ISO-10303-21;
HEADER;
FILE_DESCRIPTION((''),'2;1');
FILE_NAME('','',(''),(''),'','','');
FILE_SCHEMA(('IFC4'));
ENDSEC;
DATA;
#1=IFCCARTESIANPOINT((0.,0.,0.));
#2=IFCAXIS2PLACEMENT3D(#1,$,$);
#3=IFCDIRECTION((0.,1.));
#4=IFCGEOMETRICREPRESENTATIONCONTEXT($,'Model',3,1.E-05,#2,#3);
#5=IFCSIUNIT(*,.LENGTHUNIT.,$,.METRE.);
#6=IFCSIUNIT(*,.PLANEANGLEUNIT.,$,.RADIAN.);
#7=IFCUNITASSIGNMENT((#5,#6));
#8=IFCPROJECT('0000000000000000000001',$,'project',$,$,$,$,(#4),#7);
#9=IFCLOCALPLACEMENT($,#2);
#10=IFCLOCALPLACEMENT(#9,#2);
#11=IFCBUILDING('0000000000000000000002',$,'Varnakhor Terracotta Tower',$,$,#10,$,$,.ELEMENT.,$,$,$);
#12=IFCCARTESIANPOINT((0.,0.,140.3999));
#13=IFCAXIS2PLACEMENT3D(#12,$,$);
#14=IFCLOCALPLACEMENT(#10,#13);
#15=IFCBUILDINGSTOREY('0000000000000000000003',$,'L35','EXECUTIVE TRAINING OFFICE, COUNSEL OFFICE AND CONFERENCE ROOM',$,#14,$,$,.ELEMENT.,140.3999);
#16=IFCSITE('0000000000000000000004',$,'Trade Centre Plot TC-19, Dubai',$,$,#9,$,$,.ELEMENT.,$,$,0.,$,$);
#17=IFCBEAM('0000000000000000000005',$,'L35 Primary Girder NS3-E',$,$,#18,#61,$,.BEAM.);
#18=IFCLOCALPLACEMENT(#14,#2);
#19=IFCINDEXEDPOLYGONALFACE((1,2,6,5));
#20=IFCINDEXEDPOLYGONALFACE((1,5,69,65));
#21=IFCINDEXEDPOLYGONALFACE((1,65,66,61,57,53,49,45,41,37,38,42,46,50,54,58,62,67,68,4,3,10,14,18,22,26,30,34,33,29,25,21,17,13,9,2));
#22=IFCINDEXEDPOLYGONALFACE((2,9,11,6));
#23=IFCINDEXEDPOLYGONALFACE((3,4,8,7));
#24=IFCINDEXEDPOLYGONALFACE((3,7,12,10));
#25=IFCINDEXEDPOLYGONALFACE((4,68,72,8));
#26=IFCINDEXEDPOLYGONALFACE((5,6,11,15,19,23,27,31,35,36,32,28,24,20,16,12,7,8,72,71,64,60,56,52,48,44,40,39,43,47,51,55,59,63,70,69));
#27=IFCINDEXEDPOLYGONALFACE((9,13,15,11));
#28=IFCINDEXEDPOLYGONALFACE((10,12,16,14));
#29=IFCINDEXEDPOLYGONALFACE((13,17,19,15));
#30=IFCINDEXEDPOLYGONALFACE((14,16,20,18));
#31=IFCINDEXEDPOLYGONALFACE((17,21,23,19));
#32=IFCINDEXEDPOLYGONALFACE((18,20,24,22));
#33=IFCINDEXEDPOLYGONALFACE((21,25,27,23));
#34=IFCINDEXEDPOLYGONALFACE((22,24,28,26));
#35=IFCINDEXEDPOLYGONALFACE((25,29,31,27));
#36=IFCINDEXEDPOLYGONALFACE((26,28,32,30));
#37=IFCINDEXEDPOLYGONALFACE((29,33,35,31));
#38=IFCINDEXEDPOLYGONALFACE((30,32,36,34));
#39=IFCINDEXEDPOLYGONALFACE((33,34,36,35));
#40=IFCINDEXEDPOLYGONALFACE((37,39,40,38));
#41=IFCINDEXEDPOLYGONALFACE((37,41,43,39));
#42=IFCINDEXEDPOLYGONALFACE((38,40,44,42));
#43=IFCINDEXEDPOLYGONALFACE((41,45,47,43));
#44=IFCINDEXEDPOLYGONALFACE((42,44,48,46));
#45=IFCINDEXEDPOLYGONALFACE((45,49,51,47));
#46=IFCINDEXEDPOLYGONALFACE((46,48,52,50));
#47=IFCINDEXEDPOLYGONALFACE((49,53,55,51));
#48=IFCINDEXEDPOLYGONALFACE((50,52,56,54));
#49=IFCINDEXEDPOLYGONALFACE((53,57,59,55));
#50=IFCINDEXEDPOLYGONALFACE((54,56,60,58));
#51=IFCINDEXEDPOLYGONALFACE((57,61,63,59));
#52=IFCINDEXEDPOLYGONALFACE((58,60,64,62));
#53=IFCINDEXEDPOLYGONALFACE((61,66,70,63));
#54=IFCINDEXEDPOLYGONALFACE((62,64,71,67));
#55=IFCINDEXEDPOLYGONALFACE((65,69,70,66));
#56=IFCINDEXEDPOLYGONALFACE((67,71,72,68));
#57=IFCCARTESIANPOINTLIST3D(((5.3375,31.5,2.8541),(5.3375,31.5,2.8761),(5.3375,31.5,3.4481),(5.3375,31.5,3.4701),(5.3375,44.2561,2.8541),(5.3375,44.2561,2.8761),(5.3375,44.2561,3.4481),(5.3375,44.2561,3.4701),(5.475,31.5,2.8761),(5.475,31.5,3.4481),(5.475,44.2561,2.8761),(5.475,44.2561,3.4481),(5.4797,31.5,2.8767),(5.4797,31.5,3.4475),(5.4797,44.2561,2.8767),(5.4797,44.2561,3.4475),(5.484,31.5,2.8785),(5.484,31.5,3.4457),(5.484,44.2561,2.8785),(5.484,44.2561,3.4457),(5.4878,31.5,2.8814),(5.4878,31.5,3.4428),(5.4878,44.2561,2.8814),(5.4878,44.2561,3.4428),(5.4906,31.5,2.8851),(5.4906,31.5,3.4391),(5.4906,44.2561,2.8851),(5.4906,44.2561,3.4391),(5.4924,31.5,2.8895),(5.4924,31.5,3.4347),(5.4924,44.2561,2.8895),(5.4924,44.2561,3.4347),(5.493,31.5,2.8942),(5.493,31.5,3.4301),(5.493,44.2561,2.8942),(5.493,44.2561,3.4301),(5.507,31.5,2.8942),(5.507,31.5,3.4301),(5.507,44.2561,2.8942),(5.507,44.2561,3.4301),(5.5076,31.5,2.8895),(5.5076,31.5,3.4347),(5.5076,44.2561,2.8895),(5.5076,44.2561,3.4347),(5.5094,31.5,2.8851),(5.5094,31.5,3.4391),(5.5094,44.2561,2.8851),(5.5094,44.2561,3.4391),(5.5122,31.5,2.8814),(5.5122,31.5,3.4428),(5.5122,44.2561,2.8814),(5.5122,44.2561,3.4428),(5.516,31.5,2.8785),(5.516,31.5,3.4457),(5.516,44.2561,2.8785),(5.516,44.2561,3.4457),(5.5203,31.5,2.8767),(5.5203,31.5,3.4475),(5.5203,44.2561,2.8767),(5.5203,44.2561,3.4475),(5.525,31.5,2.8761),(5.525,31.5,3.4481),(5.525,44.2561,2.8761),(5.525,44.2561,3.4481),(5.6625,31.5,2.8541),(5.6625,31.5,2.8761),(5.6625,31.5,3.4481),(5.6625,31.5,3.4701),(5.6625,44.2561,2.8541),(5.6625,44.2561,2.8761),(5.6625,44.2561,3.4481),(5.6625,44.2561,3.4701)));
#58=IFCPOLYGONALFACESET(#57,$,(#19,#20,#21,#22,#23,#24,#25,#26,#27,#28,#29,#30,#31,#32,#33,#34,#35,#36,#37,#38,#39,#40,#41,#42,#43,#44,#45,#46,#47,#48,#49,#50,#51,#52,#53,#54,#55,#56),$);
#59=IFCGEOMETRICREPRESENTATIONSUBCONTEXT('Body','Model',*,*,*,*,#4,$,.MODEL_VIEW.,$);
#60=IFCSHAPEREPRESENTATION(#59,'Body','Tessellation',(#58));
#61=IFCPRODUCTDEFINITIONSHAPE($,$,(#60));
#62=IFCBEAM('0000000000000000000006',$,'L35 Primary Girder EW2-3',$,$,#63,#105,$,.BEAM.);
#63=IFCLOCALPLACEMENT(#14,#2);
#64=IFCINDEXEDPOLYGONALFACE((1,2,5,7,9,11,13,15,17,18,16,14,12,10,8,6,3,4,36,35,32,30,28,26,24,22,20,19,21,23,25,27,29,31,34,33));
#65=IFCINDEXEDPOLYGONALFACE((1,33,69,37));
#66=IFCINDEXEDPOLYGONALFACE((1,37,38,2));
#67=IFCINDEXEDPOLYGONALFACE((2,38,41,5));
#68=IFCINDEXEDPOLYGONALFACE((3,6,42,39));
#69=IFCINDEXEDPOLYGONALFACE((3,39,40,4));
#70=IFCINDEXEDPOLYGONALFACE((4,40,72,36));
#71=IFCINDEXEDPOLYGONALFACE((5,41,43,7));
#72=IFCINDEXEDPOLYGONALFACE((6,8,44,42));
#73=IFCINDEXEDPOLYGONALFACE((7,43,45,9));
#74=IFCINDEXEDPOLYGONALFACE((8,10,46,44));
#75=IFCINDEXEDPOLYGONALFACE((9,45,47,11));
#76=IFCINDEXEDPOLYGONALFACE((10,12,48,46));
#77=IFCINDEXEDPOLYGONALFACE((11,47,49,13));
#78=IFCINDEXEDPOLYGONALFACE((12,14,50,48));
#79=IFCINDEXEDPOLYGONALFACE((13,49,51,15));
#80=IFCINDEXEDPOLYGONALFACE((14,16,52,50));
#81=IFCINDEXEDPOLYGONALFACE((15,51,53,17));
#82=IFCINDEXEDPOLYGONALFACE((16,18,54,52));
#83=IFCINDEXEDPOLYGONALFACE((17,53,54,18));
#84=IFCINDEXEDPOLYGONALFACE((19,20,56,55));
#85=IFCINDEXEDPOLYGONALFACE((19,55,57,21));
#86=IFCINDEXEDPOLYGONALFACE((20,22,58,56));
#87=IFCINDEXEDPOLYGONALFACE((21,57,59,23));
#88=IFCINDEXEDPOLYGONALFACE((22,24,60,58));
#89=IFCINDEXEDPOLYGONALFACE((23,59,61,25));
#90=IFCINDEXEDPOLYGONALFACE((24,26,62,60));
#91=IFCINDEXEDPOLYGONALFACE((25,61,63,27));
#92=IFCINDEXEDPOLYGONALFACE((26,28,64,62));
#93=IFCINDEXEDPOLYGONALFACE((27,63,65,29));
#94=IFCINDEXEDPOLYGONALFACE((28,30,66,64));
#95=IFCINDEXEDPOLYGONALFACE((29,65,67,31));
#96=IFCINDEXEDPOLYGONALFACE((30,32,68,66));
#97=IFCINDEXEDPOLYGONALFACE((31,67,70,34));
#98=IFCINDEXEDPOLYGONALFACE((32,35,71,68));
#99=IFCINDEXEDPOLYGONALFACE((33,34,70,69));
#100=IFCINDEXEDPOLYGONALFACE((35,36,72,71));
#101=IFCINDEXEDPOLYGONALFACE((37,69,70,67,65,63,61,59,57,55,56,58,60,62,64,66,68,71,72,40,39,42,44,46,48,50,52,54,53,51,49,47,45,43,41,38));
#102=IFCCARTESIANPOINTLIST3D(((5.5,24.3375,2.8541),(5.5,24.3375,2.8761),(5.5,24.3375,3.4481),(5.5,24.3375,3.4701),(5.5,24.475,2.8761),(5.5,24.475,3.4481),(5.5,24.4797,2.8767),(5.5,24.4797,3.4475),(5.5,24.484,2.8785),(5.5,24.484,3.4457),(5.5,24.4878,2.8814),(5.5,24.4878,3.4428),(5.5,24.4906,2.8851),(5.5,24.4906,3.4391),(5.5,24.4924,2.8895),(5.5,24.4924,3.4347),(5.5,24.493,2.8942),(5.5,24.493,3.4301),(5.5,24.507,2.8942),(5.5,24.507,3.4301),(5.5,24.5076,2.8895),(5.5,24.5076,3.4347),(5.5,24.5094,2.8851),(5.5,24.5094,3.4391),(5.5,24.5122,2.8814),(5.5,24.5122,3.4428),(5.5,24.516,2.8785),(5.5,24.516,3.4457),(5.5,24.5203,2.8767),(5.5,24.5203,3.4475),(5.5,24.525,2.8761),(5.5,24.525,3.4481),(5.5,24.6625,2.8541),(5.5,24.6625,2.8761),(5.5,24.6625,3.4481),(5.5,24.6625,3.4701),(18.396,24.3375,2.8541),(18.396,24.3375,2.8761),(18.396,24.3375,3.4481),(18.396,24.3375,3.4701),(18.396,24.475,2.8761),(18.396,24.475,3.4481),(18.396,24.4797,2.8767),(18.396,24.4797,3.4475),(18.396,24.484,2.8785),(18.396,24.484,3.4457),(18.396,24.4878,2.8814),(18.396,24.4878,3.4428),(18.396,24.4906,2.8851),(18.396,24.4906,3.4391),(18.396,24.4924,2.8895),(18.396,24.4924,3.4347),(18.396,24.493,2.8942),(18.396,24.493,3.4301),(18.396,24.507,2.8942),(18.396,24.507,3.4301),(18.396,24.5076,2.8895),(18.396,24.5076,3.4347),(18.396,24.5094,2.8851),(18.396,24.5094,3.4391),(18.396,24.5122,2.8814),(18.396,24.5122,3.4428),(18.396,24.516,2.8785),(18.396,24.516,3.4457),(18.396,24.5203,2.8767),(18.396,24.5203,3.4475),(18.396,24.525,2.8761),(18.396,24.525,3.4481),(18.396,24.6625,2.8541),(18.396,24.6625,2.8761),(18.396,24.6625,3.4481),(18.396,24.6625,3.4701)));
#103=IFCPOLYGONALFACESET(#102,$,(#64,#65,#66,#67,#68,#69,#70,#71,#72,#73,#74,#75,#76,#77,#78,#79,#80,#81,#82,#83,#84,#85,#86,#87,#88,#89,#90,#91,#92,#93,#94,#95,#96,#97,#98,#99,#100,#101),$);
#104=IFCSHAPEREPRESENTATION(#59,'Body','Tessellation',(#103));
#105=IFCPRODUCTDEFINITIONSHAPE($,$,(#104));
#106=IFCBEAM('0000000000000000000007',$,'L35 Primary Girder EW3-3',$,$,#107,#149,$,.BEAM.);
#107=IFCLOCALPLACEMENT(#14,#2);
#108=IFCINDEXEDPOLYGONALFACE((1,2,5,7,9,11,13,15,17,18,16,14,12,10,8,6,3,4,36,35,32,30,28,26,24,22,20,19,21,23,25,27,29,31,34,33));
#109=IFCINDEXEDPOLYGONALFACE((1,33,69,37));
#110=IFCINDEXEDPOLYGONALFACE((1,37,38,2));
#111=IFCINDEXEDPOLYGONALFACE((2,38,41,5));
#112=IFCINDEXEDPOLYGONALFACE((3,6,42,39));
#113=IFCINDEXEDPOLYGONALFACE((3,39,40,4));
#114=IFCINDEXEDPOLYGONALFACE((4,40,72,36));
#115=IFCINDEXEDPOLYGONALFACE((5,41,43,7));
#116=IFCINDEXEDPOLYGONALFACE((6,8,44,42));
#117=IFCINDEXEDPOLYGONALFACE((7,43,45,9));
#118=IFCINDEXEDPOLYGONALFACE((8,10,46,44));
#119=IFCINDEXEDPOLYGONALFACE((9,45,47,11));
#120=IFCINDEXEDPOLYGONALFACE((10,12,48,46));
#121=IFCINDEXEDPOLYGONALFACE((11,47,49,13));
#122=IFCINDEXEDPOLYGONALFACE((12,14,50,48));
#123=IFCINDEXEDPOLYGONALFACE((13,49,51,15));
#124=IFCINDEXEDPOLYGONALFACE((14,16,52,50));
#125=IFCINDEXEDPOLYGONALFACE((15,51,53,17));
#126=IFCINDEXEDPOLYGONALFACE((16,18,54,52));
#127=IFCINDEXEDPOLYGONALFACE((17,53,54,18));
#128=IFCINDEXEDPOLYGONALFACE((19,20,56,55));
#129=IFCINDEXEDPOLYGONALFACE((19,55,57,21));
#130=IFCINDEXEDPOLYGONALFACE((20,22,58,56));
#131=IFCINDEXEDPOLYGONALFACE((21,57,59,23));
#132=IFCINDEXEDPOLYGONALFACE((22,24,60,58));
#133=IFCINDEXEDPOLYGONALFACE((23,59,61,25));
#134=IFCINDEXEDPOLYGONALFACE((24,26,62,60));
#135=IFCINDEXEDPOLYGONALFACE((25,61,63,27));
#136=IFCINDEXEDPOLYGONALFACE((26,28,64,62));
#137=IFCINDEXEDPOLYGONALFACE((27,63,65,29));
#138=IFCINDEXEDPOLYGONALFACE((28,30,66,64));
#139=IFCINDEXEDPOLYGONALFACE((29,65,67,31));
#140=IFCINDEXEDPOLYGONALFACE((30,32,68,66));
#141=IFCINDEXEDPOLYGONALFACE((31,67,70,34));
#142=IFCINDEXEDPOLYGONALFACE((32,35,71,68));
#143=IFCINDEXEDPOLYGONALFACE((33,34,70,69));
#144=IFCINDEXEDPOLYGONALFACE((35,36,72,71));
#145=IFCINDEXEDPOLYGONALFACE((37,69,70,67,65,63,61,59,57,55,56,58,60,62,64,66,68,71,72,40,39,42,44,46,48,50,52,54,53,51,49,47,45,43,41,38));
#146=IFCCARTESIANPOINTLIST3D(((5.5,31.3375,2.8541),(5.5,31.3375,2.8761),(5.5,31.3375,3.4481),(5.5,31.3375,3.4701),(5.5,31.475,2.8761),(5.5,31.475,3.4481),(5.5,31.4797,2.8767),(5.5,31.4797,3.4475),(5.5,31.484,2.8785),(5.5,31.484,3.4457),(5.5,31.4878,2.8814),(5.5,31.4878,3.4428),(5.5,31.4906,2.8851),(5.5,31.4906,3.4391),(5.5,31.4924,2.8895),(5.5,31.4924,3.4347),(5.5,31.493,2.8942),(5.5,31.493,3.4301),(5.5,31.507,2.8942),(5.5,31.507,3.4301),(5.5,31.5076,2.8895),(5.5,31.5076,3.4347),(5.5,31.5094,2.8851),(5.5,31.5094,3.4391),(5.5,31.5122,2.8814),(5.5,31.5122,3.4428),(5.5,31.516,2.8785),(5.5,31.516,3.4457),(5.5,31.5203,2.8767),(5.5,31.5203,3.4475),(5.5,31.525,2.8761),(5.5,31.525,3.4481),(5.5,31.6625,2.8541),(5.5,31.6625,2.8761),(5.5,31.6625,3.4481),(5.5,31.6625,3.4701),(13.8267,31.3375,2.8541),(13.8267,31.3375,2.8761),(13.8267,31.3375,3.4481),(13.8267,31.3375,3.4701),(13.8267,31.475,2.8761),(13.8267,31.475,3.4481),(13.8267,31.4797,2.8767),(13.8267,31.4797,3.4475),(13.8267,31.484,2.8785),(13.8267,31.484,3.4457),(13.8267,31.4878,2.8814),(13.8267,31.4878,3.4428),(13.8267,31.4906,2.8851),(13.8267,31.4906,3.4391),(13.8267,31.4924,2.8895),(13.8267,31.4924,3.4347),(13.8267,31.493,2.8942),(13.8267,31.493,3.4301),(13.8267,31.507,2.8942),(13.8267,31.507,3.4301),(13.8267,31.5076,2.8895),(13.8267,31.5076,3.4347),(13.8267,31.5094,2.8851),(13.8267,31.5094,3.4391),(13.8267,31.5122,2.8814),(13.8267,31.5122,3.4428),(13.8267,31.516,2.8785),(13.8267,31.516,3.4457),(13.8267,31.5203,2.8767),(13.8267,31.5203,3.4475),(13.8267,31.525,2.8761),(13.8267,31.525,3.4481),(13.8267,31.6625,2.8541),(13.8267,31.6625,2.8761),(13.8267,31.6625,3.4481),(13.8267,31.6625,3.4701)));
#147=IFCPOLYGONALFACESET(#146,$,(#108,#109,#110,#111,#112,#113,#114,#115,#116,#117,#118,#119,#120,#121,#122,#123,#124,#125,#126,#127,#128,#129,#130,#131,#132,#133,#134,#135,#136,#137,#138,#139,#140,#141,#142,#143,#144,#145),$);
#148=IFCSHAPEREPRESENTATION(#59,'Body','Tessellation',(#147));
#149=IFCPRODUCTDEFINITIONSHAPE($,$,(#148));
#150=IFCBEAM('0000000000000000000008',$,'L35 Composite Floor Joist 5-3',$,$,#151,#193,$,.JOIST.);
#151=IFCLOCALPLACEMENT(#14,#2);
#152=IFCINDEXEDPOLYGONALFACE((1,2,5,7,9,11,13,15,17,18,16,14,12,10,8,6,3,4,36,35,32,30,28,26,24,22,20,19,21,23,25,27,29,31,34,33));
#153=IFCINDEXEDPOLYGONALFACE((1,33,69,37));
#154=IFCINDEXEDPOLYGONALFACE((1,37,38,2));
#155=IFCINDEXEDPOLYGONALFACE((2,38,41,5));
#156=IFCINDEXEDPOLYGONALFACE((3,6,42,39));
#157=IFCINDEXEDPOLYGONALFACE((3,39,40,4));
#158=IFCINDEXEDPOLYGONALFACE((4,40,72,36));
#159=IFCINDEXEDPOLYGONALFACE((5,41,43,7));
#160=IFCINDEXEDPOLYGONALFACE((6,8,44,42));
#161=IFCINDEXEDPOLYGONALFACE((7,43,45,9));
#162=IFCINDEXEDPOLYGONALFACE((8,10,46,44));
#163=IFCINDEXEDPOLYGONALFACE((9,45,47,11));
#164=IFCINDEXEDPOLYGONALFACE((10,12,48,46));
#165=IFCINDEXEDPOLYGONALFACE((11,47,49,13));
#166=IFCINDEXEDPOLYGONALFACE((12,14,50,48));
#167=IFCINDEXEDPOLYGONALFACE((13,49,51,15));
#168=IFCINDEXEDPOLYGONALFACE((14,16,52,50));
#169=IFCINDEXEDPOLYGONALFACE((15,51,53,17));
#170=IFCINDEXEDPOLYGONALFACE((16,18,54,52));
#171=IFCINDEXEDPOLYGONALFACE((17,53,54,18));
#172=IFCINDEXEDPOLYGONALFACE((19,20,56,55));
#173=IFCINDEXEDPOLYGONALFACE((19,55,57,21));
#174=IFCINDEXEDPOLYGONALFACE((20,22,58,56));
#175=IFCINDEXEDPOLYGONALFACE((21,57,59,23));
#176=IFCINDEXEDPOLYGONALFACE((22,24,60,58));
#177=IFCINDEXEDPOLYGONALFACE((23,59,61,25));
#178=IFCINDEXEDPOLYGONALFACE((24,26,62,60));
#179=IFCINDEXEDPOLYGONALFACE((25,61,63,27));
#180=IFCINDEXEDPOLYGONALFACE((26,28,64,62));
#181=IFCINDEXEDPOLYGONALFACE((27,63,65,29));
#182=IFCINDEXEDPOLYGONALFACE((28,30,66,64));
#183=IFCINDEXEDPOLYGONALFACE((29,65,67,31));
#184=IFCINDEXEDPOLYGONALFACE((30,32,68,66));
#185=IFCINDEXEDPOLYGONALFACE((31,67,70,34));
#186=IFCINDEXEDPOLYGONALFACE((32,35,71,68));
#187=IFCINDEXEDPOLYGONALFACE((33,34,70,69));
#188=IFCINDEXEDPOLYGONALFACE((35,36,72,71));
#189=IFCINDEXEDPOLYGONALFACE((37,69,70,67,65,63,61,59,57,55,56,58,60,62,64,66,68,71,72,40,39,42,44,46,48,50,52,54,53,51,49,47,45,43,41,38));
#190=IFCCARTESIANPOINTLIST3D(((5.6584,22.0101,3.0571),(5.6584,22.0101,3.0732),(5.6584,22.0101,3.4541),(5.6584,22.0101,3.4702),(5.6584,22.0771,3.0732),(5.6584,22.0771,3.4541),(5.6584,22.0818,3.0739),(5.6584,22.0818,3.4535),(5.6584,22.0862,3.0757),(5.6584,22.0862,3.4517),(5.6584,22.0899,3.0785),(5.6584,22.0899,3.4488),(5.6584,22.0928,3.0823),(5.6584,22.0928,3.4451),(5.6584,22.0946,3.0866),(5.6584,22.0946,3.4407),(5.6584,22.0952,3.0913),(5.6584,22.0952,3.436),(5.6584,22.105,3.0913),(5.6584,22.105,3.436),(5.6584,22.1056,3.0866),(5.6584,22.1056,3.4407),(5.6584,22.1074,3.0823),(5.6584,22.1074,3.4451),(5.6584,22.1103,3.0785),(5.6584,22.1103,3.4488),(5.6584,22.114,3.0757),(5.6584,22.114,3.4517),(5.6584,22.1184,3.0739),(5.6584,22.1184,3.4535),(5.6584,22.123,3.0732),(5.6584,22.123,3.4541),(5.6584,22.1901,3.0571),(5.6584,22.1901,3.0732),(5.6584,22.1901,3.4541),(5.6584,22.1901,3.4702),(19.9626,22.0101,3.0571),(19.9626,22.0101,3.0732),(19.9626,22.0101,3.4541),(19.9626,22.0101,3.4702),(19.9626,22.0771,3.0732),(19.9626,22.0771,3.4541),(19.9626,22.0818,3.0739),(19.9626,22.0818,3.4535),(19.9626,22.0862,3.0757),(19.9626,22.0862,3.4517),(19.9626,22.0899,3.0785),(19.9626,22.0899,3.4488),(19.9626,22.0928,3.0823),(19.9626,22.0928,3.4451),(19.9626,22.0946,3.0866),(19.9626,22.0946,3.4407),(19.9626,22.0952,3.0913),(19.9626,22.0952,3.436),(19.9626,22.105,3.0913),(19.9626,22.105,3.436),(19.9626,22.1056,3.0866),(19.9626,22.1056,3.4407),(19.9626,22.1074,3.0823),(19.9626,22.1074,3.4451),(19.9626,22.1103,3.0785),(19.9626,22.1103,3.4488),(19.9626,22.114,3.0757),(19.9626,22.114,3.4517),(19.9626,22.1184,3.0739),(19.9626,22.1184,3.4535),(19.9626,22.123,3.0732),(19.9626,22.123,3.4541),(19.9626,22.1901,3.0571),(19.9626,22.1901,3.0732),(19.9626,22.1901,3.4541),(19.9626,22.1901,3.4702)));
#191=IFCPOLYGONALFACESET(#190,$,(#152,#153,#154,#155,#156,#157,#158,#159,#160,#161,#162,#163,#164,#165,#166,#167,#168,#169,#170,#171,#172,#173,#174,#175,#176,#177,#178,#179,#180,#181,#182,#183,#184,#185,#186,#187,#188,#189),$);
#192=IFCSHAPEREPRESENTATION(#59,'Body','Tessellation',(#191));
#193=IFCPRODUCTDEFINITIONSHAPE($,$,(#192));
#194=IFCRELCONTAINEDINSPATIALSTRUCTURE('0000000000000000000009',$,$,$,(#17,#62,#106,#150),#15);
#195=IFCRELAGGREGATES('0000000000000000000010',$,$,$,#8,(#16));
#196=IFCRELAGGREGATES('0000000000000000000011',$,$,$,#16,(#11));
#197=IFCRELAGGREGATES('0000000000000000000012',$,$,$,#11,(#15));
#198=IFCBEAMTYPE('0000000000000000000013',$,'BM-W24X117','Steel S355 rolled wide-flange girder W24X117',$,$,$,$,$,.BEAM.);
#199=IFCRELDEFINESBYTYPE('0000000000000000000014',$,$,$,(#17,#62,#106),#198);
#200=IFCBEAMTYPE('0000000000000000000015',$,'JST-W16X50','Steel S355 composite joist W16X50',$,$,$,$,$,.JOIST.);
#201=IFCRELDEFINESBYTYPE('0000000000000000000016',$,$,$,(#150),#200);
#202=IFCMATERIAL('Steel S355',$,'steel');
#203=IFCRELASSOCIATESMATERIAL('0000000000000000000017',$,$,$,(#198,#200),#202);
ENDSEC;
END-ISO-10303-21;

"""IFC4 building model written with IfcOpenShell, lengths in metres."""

from ifc_helpers import new_model, si_unit, direction, frame, origin, origin_2d, place, context, subcontext, project, spatial, i_section, extrude, source, transform, mapped, material, material_profile, profile_set, type_object, element, save


model = new_model("IFC4")

# Units and contexts
model_context = context("Model", 3, precision=1e-05, world=origin(), true_north=direction((0.0, 1.0)))
body_context = subcontext(model_context, "Body", "Model", "MODEL_VIEW")
ifc_project = project(units=[si_unit("LENGTHUNIT", "METRE"), si_unit("PLANEANGLEUNIT", "RADIAN")], contexts=[model_context])

# Site, building, storey
site_placement = place(None, origin())
site = spatial("IfcSite", under=ifc_project, at=site_placement, Name="Trade Centre Plot TC-19, Dubai", CompositionType="ELEMENT", RefElevation=0.0)
building_placement = place(site_placement, origin())
building = spatial("IfcBuilding", under=site, at=building_placement, Name="Varnakhor Terracotta Tower", CompositionType="ELEMENT")
storey_placement = place(building_placement, frame((0.0, 0.0, 140.3999)))
storey = spatial("IfcBuildingStorey", under=building, at=storey_placement, Name="L35", Description="EXECUTIVE TRAINING OFFICE, COUNSEL OFFICE AND CONFERENCE ROOM", CompositionType="ELEMENT", Elevation=140.3999)

# Beams
ifc_material_1 = material(Name="Steel S355", Category="steel")
ifc_material_profile_1 = material_profile(ifc_material_1, i_section(OverallWidth=0.325, OverallDepth=0.616, WebThickness=0.0139, FlangeThickness=0.022, FilletRadius=0.0181, at=origin_2d()), Name="W24X117")
ifc_profile_set_1 = profile_set([ifc_material_profile_1], Name="Steel S355")
beam_type_1 = type_object("IfcBeamType", Name="BM-W24X117", Description="Steel S355 rolled wide-flange girder W24X117", PredefinedType="BEAM", material=ifc_profile_set_1)
shared_shape_1 = source(origin(), body_context, "Body", "SweptSolid", [
    extrude(i_section(OverallWidth=0.325, OverallDepth=0.616, WebThickness=0.0139, FlangeThickness=0.022, FilletRadius=0.0181, at=origin_2d()), origin(), (0.0, 0.0, 1.0), 12.7561),
])
beam_1_placement = place(storey_placement, frame((5.5, 31.5, 3.1621), z_axis=(0.0, 1.0, 0.0), x_axis=(-1.0, 0.0, 0.0)))
element("IfcBeam", 1, at=beam_1_placement, inside=storey, type_object=beam_type_1, Name="L35 Primary Girder NS3-E", PredefinedType="BEAM", context=body_context, shape_type="MappedRepresentation", body=[
    mapped(shared_shape_1, transform((0.0, 0.0, 0.0), scale=1.0)),
])
shared_shape_2 = source(origin(), body_context, "Body", "SweptSolid", [
    extrude(i_section(OverallWidth=0.325, OverallDepth=0.616, WebThickness=0.0139, FlangeThickness=0.022, FilletRadius=0.0181, at=origin_2d()), origin(), (0.0, 0.0, 1.0), 12.896),
])
beam_2_placement = place(storey_placement, frame((5.5, 24.5, 3.1621), z_axis=(1.0, 0.0, 0.0), x_axis=(0.0, 1.0, 0.0)))
element("IfcBeam", 2, at=beam_2_placement, inside=storey, type_object=beam_type_1, Name="L35 Primary Girder EW2-3", PredefinedType="BEAM", context=body_context, shape_type="MappedRepresentation", body=[
    mapped(shared_shape_2, transform((0.0, 0.0, 0.0), scale=1.0)),
])
shared_shape_3 = source(origin(), body_context, "Body", "SweptSolid", [
    extrude(i_section(OverallWidth=0.325, OverallDepth=0.616, WebThickness=0.0139, FlangeThickness=0.022, FilletRadius=0.0181, at=origin_2d()), origin(), (0.0, 0.0, 1.0), 8.3267),
])
beam_3_placement = place(storey_placement, frame((5.5, 31.5, 3.1621), z_axis=(1.0, 0.0, 0.0), x_axis=(0.0, 1.0, 0.0)))
element("IfcBeam", 3, at=beam_3_placement, inside=storey, type_object=beam_type_1, Name="L35 Primary Girder EW3-3", PredefinedType="BEAM", context=body_context, shape_type="MappedRepresentation", body=[
    mapped(shared_shape_3, transform((0.0, 0.0, 0.0), scale=1.0)),
])
ifc_material_profile_2 = material_profile(ifc_material_1, i_section(OverallWidth=0.1799, OverallDepth=0.4131, WebThickness=0.0098, FlangeThickness=0.0161, FilletRadius=0.0181, at=origin_2d()), Name="W16X50")
ifc_profile_set_2 = profile_set([ifc_material_profile_2], Name="Steel S355")
beam_type_2 = type_object("IfcBeamType", Name="JST-W16X50", Description="Steel S355 composite joist W16X50", PredefinedType="JOIST", material=ifc_profile_set_2)
shared_shape_4 = source(origin(), body_context, "Body", "SweptSolid", [
    extrude(i_section(OverallWidth=0.1799, OverallDepth=0.4131, WebThickness=0.0098, FlangeThickness=0.0161, FilletRadius=0.0181, at=origin_2d()), origin(), (0.0, 0.0, 1.0), 14.3042),
])
beam_4_placement = place(storey_placement, frame((5.6584, 22.1001, 3.2637), z_axis=(1.0, 0.0, 0.0), x_axis=(0.0, 1.0, 0.0)))
element("IfcBeam", 4, at=beam_4_placement, inside=storey, type_object=beam_type_2, Name="L35 Composite Floor Joist 5-3", PredefinedType="JOIST", context=body_context, shape_type="MappedRepresentation", body=[
    mapped(shared_shape_4, transform((0.0, 0.0, 0.0), scale=1.0)),
])

save(model, "model.ifc")
